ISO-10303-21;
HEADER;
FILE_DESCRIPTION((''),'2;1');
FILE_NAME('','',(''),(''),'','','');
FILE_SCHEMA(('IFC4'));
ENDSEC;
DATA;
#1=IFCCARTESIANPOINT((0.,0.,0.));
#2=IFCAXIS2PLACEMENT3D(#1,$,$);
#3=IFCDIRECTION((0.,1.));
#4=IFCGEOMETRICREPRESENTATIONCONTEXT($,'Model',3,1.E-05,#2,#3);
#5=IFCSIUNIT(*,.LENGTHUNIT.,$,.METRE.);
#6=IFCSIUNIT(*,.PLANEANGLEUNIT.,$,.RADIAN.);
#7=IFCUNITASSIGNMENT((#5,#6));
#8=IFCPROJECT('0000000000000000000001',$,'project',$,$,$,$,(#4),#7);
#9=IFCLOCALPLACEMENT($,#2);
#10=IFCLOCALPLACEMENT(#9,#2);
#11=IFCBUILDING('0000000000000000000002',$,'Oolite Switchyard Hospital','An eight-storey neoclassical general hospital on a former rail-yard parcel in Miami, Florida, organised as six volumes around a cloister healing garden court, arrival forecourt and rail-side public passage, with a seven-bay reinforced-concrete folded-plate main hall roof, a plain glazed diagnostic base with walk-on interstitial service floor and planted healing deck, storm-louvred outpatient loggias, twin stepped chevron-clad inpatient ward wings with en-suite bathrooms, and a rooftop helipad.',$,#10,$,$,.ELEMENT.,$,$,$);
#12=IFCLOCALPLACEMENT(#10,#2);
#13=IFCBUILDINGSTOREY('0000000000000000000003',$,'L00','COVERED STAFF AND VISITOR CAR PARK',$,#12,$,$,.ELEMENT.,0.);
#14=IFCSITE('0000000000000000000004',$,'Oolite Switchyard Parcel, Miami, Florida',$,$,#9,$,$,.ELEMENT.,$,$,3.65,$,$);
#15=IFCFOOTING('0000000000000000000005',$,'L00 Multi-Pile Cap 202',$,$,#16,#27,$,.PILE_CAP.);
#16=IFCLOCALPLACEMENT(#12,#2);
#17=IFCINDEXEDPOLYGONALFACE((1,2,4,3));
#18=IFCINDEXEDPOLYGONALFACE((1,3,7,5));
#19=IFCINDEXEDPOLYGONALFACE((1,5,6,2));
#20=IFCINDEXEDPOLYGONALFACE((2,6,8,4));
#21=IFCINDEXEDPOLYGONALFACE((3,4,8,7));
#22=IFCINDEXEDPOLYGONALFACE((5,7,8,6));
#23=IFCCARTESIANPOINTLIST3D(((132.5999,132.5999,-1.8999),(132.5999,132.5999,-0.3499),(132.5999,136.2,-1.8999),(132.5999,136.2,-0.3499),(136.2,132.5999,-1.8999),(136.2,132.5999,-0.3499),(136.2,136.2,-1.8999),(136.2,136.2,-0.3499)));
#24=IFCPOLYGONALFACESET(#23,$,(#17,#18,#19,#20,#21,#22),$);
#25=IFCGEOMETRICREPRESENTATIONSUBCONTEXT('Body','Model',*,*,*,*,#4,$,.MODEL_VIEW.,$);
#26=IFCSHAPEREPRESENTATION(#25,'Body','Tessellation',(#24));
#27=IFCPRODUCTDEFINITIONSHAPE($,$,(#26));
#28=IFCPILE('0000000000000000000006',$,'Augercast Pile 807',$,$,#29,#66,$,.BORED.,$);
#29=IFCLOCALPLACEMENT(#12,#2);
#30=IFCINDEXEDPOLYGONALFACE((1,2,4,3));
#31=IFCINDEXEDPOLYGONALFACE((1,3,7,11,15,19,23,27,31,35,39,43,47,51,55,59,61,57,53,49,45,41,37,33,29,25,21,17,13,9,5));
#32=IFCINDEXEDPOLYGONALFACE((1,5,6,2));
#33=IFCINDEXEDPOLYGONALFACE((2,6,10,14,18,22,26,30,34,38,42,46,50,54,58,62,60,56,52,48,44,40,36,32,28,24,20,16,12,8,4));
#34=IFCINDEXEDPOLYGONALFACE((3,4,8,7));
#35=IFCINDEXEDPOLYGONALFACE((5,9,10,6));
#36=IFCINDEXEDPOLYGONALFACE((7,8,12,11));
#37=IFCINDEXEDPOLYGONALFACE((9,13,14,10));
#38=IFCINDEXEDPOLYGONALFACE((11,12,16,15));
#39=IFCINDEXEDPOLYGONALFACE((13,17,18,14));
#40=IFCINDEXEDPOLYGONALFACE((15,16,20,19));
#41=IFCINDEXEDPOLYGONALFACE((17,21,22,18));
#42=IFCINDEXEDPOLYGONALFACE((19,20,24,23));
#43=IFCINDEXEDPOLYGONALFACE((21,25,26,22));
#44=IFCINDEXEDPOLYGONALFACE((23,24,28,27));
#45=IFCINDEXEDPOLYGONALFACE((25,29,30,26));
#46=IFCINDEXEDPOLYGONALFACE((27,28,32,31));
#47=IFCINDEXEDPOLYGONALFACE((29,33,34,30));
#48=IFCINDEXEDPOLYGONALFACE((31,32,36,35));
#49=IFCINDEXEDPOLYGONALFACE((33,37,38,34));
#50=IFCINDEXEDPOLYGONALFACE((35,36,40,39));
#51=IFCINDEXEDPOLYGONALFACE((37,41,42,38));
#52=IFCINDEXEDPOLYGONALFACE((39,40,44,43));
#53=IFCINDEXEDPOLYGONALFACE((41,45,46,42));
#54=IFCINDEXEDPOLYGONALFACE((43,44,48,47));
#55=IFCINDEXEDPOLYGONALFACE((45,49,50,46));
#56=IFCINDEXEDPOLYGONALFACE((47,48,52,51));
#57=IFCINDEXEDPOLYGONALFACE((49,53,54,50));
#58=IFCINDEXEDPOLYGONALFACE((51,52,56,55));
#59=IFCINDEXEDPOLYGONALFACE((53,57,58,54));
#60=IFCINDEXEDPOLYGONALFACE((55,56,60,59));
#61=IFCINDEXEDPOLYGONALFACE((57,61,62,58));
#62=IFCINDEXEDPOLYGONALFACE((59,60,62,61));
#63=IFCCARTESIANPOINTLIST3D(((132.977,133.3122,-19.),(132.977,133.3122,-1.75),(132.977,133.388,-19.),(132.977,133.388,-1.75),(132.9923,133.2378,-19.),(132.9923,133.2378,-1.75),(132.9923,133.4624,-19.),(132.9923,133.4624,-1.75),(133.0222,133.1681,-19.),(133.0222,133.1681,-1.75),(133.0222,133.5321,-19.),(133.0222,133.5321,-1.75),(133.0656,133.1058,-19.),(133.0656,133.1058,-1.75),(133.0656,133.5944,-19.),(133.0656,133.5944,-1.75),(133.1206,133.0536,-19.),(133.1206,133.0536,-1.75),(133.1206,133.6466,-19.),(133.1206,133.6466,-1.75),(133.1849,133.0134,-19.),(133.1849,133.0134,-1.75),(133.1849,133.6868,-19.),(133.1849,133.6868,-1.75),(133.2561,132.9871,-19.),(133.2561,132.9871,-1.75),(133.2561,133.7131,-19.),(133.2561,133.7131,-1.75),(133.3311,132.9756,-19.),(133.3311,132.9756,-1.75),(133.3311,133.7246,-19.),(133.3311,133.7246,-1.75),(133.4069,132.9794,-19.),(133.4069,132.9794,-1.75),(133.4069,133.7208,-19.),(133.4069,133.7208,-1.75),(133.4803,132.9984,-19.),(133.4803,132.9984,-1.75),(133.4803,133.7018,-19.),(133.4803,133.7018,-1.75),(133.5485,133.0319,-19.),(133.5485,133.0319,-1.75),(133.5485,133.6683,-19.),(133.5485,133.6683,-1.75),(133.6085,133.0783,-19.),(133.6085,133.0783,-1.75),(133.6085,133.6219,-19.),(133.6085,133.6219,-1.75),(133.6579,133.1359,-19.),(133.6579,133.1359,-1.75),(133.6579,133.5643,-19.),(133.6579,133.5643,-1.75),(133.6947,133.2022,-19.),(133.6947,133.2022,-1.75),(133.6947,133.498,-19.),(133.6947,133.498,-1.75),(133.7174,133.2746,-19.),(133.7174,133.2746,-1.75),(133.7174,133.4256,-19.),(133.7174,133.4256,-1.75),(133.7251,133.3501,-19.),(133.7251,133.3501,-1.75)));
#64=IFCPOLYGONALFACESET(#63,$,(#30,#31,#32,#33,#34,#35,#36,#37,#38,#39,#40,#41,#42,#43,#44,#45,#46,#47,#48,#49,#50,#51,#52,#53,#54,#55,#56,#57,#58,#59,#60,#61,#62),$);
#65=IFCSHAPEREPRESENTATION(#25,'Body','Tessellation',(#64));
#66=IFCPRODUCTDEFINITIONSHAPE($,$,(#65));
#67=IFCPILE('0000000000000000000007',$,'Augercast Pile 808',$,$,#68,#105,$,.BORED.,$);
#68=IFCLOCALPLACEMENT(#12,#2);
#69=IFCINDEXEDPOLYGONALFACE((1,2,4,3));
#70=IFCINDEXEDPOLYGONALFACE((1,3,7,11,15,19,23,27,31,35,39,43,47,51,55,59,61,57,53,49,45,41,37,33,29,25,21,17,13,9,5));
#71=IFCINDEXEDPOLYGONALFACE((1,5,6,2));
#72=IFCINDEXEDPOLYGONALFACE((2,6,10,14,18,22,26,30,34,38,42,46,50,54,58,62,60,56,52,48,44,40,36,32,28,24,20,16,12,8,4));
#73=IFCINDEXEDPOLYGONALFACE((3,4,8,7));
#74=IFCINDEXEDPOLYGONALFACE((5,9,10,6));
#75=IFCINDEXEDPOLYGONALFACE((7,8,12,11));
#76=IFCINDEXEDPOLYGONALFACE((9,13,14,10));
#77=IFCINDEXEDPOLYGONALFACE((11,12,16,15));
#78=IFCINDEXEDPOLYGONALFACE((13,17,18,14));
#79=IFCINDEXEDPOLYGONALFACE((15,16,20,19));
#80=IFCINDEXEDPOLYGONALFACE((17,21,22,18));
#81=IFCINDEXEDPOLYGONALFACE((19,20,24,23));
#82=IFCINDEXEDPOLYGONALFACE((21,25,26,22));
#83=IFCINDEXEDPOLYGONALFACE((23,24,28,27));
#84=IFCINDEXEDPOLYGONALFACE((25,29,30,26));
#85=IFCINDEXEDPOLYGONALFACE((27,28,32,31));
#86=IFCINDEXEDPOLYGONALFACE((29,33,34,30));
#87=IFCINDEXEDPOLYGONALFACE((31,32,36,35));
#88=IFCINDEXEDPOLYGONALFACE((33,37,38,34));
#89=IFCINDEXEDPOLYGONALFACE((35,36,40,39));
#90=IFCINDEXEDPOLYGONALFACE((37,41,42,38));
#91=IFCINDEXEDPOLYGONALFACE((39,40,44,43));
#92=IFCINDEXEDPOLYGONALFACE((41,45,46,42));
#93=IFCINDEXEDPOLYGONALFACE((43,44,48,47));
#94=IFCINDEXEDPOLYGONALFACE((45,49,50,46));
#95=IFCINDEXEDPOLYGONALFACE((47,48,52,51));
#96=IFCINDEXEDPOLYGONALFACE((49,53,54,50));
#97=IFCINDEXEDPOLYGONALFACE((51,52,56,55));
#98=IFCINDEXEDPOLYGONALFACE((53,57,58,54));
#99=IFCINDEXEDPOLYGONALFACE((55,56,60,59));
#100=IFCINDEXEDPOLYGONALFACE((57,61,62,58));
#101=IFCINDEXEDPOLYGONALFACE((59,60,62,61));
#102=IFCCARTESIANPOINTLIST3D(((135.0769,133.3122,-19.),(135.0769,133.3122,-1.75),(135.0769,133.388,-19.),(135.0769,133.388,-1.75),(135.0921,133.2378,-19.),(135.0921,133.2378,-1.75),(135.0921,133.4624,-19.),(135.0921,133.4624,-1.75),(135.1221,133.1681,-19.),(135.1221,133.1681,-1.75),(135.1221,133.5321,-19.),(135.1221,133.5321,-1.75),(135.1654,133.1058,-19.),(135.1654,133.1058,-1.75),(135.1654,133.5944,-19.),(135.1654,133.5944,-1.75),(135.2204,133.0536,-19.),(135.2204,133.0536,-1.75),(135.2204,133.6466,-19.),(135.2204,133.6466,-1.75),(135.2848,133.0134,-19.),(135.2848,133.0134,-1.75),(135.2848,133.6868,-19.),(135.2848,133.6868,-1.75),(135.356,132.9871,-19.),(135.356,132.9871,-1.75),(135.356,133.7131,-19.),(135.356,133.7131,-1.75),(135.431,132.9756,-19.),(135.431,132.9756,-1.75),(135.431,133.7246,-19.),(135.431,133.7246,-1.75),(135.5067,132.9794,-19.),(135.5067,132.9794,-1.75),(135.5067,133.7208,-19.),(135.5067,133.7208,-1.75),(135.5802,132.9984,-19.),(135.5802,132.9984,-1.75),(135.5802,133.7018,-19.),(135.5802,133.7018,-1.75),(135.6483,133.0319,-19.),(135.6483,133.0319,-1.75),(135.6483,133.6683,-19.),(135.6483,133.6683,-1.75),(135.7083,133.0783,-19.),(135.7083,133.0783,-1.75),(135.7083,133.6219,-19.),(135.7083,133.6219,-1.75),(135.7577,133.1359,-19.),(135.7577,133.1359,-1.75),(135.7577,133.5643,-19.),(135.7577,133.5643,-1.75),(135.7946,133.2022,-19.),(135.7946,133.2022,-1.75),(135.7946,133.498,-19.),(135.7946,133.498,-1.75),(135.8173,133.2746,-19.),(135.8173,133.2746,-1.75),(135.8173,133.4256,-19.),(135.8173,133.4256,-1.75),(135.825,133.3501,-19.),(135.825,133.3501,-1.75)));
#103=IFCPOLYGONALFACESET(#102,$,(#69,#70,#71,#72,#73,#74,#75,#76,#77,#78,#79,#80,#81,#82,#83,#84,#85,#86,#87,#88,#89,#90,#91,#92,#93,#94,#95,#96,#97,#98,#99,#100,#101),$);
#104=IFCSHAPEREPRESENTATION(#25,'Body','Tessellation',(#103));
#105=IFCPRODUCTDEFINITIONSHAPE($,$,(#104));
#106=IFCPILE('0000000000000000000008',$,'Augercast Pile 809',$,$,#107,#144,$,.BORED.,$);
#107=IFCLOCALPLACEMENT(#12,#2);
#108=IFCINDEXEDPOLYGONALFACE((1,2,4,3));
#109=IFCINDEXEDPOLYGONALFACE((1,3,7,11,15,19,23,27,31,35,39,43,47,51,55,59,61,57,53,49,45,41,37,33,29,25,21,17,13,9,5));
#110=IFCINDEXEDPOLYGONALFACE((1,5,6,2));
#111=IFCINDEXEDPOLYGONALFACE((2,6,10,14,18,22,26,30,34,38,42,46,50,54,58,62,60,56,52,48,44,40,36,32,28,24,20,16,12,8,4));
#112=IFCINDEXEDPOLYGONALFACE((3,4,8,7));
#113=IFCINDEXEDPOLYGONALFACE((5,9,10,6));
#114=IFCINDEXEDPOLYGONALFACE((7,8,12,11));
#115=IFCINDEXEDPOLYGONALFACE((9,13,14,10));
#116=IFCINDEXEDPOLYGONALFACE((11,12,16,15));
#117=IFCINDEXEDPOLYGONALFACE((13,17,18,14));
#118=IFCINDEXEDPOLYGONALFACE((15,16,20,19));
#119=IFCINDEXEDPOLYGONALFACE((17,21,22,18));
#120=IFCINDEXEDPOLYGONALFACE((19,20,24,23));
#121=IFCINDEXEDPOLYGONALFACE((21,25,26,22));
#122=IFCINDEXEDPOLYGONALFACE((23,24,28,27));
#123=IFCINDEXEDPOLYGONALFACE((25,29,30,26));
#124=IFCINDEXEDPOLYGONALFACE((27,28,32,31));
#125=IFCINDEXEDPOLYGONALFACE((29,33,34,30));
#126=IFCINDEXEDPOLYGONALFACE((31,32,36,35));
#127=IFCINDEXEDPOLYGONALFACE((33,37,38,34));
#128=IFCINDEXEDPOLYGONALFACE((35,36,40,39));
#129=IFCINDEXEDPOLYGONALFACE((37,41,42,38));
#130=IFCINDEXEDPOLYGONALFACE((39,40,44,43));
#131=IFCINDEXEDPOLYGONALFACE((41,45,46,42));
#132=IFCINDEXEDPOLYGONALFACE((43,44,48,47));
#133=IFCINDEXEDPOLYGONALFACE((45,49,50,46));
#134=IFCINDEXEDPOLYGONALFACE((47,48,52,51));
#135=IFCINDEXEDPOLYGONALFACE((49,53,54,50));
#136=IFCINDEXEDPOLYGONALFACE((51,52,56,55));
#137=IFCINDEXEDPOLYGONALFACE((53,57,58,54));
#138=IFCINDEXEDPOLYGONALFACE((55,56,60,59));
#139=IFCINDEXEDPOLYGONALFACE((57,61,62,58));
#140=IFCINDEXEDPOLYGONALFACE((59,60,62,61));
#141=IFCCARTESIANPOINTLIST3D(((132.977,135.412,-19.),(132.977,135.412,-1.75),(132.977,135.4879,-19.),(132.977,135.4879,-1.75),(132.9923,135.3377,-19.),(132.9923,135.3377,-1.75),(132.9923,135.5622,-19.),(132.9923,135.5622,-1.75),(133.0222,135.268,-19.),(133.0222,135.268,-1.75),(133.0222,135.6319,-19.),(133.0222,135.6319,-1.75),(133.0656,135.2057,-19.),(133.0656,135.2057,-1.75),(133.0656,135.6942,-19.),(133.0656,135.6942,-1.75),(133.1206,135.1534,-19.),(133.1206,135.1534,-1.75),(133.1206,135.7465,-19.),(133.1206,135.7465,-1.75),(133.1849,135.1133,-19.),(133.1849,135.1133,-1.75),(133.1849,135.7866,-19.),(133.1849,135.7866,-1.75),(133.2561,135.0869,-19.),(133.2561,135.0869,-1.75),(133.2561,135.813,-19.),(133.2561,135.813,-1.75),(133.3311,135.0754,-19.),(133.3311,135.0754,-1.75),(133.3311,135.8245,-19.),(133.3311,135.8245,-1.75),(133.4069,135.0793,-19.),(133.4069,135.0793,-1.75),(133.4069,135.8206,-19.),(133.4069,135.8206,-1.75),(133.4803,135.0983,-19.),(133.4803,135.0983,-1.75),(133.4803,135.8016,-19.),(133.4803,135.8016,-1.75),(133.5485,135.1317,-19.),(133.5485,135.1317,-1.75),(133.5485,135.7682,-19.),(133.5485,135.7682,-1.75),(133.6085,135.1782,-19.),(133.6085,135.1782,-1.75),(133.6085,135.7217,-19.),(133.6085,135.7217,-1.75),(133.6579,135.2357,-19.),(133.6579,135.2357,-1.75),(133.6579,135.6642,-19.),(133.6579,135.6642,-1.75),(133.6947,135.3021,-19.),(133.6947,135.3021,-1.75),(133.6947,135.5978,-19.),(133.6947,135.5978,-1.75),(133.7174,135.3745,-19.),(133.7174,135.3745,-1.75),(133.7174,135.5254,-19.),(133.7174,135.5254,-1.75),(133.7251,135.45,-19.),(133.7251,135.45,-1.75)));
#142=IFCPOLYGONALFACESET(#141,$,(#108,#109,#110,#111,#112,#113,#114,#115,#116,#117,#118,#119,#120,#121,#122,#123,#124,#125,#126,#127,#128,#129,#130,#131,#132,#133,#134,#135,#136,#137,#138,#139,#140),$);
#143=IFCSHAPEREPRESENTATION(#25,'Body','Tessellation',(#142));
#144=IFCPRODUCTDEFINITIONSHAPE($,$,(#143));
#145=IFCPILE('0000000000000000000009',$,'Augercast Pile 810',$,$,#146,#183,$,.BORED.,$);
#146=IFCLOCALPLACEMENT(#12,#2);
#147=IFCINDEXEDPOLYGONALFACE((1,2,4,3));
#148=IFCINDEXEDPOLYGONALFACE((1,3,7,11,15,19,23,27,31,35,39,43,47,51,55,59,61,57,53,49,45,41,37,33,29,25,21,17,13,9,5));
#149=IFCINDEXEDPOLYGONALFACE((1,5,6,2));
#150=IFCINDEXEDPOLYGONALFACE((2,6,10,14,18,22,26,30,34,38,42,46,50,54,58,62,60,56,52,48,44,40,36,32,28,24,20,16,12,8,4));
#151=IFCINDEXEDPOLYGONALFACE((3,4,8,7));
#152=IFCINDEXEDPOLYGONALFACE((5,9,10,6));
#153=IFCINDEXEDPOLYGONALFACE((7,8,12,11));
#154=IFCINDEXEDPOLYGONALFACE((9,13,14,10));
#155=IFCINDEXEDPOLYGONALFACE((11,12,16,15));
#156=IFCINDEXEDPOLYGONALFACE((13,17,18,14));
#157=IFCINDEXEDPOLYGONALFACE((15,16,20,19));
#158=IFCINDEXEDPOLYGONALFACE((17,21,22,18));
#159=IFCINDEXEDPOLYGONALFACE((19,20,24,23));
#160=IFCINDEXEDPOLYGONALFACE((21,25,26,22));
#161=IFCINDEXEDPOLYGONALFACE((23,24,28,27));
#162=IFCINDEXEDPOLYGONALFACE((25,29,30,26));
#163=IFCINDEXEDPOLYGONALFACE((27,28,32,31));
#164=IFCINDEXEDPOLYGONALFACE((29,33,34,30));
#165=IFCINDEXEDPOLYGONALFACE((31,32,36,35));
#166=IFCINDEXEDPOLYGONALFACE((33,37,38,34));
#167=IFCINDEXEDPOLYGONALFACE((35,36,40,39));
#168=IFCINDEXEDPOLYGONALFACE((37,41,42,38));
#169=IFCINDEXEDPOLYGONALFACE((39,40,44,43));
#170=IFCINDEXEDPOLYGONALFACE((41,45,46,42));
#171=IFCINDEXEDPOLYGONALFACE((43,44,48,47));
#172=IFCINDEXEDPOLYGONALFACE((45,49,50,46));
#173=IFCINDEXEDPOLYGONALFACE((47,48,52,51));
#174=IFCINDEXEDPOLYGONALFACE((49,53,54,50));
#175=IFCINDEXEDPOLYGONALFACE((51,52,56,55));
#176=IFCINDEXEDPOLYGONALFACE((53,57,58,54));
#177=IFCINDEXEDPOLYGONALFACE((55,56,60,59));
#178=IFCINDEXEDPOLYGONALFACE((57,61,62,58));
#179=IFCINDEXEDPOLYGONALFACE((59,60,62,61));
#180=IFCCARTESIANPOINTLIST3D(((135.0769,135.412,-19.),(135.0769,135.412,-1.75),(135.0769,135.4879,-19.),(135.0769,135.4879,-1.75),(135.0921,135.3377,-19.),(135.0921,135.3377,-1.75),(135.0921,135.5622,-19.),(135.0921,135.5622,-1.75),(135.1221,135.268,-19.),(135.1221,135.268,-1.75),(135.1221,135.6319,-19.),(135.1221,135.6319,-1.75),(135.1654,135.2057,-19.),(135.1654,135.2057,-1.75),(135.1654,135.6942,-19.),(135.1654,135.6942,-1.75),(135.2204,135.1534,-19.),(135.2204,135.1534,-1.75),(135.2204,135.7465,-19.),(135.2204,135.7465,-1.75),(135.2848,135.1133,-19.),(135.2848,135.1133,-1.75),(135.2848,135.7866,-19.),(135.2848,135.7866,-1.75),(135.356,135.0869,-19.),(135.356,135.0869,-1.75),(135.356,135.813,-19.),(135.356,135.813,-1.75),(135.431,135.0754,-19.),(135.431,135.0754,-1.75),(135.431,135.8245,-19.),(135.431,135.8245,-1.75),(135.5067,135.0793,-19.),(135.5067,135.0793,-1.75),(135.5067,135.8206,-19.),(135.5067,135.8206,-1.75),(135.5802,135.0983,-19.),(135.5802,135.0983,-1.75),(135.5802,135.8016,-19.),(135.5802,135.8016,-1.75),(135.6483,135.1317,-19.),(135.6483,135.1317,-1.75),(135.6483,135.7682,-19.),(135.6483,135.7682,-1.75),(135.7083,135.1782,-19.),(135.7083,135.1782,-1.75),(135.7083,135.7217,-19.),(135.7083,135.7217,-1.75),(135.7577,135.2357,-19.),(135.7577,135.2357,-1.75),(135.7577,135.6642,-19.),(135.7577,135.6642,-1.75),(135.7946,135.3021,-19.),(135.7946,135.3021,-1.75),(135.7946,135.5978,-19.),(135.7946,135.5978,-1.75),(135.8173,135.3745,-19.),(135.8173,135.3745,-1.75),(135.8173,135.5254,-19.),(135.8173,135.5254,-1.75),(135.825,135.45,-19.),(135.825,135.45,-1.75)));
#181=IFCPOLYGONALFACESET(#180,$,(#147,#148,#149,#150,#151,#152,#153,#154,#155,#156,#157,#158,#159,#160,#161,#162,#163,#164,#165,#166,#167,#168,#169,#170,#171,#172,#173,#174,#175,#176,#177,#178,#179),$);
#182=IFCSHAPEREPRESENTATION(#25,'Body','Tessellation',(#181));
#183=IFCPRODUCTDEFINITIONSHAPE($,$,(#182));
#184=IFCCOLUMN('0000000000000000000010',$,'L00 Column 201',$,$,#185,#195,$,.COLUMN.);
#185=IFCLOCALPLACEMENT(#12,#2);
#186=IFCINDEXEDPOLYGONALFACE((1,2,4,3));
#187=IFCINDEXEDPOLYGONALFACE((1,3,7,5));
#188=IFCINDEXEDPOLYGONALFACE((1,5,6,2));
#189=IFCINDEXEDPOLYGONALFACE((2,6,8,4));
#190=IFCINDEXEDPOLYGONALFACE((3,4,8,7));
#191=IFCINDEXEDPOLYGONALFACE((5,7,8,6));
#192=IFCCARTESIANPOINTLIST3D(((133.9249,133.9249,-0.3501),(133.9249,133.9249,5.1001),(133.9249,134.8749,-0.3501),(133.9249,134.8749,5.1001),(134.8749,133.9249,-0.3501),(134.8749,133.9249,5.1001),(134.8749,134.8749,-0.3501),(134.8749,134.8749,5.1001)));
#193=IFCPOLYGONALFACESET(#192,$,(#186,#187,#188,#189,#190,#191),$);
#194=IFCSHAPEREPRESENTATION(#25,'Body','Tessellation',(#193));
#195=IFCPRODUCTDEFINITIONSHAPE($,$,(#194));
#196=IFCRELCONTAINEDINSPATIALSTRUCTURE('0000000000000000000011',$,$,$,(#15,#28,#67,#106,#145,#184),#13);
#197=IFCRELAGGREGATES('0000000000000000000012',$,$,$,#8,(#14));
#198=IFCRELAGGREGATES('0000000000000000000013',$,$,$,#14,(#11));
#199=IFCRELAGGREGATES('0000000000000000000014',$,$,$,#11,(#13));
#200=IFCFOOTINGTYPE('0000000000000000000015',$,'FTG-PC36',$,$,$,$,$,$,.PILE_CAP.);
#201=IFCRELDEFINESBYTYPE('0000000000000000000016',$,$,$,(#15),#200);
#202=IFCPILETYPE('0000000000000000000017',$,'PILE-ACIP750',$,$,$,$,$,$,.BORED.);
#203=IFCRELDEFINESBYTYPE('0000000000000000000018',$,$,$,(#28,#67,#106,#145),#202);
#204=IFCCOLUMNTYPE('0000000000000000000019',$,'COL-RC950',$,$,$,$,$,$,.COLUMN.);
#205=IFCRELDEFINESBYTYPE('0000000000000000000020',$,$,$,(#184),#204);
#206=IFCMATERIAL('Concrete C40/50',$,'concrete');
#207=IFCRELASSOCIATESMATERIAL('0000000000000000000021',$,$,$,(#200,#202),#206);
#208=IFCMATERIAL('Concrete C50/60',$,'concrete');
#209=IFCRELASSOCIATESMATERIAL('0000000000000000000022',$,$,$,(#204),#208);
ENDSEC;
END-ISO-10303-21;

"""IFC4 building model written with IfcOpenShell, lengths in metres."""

from ifc_helpers import new_model, si_unit, direction, frame, origin, origin_2d, place, context, subcontext, project, spatial, rectangle, circle, extrude, material, material_profile, profile_set, type_object, element, save


model = new_model("IFC4")

# Units and contexts
model_context = context("Model", 3, precision=1e-05, world=origin(), true_north=direction((0.0, 1.0)))
body_context = subcontext(model_context, "Body", "Model", "MODEL_VIEW")
ifc_project = project(units=[si_unit("LENGTHUNIT", "METRE"), si_unit("PLANEANGLEUNIT", "RADIAN")], contexts=[model_context])

# Site, building, storey
site_placement = place(None, origin())
site = spatial("IfcSite", under=ifc_project, at=site_placement, Name="Oolite Switchyard Parcel, Miami, Florida", CompositionType="ELEMENT", RefElevation=3.65)
building_placement = place(site_placement, origin())
building = spatial("IfcBuilding", under=site, at=building_placement, Name="Oolite Switchyard Hospital", Description="An eight-storey neoclassical general hospital on a former rail-yard parcel in Miami, Florida, organised as six volumes around a cloister healing garden court, arrival forecourt and rail-side public passage, with a seven-bay reinforced-concrete folded-plate main hall roof, a plain glazed diagnostic base with walk-on interstitial service floor and planted healing deck, storm-louvred outpatient loggias, twin stepped chevron-clad inpatient ward wings with en-suite bathrooms, and a rooftop helipad.", CompositionType="ELEMENT")
storey_placement = place(building_placement, origin())
storey = spatial("IfcBuildingStorey", under=building, at=storey_placement, Name="L00", Description="COVERED STAFF AND VISITOR CAR PARK", CompositionType="ELEMENT", Elevation=0.0)

# Footing
ifc_material_1 = material(Name="Concrete C40/50", Category="concrete")
footing_type = type_object("IfcFootingType", Name="FTG-PC36", PredefinedType="PILE_CAP", material=ifc_material_1)
footing_placement = place(storey_placement, frame((134.3999, 134.3999, -1.8999), z_axis=(0.0, 0.0, 1.0), x_axis=(1.0, 0.0, 0.0)))
element("IfcFooting", 1, at=footing_placement, inside=storey, type_object=footing_type, Name="L00 Multi-Pile Cap 202", PredefinedType="PILE_CAP", context=body_context, shape_type="SweptSolid", body=[
    extrude(rectangle(XDim=3.6001, YDim=3.6001, at=origin_2d()), origin(), (0.0, 0.0, 1.0), 1.55),
])

# Piles
ifc_material_profile_1 = material_profile(ifc_material_1, circle(Radius=0.375, at=origin_2d()), Name="PILE750")
ifc_profile_set_1 = profile_set([ifc_material_profile_1], Name="Concrete C40/50")
pile_type = type_object("IfcPileType", Name="PILE-ACIP750", PredefinedType="BORED", material=ifc_profile_set_1)
for number, where, z_axis, x_axis, name in (
    (2, (133.3501, 133.3501, -1.75), (0.0, 0.0, -1.0), (1.0, 0.0, 0.0), "Augercast Pile 807"),
    (3, (135.45, 133.3501, -1.75), (0.0, 0.0, -1.0), (1.0, 0.0, 0.0), "Augercast Pile 808"),
    (4, (133.3501, 135.45, -1.75), (0.0, 0.0, -1.0), (1.0, 0.0, 0.0), "Augercast Pile 809"),
    (5, (135.45, 135.45, -1.75), (0.0, 0.0, -1.0), (1.0, 0.0, 0.0), "Augercast Pile 810"),
):
    element("IfcPile", number, at=place(storey_placement, frame(where, z_axis=z_axis, x_axis=x_axis)), inside=storey, type_object=pile_type, Name=name, PredefinedType="BORED", context=body_context, shape_type="SweptSolid", body=[
        extrude(circle(Radius=0.375, at=origin_2d()), origin(), (0.0, 0.0, 1.0), 17.25),
    ])

# Column
ifc_material_2 = material(Name="Concrete C50/60", Category="concrete")
ifc_material_profile_2 = material_profile(ifc_material_2, rectangle(XDim=0.95, YDim=0.95, at=origin_2d()), Name="RC950X950")
ifc_profile_set_2 = profile_set([ifc_material_profile_2], Name="Concrete C50/60")
column_type = type_object("IfcColumnType", Name="COL-RC950", PredefinedType="COLUMN", material=ifc_profile_set_2)
column_placement = place(storey_placement, frame((134.3999, 134.3999, -0.3501), z_axis=(0.0, 0.0, 1.0), x_axis=(1.0, 0.0, 0.0)))
element("IfcColumn", 6, at=column_placement, inside=storey, type_object=column_type, Name="L00 Column 201", PredefinedType="COLUMN", context=body_context, shape_type="SweptSolid", body=[
    extrude(rectangle(XDim=0.95, YDim=0.95, at=origin_2d()), origin(), (0.0, 0.0, 1.0), 5.4502),
])

save(model, "model.ifc")
